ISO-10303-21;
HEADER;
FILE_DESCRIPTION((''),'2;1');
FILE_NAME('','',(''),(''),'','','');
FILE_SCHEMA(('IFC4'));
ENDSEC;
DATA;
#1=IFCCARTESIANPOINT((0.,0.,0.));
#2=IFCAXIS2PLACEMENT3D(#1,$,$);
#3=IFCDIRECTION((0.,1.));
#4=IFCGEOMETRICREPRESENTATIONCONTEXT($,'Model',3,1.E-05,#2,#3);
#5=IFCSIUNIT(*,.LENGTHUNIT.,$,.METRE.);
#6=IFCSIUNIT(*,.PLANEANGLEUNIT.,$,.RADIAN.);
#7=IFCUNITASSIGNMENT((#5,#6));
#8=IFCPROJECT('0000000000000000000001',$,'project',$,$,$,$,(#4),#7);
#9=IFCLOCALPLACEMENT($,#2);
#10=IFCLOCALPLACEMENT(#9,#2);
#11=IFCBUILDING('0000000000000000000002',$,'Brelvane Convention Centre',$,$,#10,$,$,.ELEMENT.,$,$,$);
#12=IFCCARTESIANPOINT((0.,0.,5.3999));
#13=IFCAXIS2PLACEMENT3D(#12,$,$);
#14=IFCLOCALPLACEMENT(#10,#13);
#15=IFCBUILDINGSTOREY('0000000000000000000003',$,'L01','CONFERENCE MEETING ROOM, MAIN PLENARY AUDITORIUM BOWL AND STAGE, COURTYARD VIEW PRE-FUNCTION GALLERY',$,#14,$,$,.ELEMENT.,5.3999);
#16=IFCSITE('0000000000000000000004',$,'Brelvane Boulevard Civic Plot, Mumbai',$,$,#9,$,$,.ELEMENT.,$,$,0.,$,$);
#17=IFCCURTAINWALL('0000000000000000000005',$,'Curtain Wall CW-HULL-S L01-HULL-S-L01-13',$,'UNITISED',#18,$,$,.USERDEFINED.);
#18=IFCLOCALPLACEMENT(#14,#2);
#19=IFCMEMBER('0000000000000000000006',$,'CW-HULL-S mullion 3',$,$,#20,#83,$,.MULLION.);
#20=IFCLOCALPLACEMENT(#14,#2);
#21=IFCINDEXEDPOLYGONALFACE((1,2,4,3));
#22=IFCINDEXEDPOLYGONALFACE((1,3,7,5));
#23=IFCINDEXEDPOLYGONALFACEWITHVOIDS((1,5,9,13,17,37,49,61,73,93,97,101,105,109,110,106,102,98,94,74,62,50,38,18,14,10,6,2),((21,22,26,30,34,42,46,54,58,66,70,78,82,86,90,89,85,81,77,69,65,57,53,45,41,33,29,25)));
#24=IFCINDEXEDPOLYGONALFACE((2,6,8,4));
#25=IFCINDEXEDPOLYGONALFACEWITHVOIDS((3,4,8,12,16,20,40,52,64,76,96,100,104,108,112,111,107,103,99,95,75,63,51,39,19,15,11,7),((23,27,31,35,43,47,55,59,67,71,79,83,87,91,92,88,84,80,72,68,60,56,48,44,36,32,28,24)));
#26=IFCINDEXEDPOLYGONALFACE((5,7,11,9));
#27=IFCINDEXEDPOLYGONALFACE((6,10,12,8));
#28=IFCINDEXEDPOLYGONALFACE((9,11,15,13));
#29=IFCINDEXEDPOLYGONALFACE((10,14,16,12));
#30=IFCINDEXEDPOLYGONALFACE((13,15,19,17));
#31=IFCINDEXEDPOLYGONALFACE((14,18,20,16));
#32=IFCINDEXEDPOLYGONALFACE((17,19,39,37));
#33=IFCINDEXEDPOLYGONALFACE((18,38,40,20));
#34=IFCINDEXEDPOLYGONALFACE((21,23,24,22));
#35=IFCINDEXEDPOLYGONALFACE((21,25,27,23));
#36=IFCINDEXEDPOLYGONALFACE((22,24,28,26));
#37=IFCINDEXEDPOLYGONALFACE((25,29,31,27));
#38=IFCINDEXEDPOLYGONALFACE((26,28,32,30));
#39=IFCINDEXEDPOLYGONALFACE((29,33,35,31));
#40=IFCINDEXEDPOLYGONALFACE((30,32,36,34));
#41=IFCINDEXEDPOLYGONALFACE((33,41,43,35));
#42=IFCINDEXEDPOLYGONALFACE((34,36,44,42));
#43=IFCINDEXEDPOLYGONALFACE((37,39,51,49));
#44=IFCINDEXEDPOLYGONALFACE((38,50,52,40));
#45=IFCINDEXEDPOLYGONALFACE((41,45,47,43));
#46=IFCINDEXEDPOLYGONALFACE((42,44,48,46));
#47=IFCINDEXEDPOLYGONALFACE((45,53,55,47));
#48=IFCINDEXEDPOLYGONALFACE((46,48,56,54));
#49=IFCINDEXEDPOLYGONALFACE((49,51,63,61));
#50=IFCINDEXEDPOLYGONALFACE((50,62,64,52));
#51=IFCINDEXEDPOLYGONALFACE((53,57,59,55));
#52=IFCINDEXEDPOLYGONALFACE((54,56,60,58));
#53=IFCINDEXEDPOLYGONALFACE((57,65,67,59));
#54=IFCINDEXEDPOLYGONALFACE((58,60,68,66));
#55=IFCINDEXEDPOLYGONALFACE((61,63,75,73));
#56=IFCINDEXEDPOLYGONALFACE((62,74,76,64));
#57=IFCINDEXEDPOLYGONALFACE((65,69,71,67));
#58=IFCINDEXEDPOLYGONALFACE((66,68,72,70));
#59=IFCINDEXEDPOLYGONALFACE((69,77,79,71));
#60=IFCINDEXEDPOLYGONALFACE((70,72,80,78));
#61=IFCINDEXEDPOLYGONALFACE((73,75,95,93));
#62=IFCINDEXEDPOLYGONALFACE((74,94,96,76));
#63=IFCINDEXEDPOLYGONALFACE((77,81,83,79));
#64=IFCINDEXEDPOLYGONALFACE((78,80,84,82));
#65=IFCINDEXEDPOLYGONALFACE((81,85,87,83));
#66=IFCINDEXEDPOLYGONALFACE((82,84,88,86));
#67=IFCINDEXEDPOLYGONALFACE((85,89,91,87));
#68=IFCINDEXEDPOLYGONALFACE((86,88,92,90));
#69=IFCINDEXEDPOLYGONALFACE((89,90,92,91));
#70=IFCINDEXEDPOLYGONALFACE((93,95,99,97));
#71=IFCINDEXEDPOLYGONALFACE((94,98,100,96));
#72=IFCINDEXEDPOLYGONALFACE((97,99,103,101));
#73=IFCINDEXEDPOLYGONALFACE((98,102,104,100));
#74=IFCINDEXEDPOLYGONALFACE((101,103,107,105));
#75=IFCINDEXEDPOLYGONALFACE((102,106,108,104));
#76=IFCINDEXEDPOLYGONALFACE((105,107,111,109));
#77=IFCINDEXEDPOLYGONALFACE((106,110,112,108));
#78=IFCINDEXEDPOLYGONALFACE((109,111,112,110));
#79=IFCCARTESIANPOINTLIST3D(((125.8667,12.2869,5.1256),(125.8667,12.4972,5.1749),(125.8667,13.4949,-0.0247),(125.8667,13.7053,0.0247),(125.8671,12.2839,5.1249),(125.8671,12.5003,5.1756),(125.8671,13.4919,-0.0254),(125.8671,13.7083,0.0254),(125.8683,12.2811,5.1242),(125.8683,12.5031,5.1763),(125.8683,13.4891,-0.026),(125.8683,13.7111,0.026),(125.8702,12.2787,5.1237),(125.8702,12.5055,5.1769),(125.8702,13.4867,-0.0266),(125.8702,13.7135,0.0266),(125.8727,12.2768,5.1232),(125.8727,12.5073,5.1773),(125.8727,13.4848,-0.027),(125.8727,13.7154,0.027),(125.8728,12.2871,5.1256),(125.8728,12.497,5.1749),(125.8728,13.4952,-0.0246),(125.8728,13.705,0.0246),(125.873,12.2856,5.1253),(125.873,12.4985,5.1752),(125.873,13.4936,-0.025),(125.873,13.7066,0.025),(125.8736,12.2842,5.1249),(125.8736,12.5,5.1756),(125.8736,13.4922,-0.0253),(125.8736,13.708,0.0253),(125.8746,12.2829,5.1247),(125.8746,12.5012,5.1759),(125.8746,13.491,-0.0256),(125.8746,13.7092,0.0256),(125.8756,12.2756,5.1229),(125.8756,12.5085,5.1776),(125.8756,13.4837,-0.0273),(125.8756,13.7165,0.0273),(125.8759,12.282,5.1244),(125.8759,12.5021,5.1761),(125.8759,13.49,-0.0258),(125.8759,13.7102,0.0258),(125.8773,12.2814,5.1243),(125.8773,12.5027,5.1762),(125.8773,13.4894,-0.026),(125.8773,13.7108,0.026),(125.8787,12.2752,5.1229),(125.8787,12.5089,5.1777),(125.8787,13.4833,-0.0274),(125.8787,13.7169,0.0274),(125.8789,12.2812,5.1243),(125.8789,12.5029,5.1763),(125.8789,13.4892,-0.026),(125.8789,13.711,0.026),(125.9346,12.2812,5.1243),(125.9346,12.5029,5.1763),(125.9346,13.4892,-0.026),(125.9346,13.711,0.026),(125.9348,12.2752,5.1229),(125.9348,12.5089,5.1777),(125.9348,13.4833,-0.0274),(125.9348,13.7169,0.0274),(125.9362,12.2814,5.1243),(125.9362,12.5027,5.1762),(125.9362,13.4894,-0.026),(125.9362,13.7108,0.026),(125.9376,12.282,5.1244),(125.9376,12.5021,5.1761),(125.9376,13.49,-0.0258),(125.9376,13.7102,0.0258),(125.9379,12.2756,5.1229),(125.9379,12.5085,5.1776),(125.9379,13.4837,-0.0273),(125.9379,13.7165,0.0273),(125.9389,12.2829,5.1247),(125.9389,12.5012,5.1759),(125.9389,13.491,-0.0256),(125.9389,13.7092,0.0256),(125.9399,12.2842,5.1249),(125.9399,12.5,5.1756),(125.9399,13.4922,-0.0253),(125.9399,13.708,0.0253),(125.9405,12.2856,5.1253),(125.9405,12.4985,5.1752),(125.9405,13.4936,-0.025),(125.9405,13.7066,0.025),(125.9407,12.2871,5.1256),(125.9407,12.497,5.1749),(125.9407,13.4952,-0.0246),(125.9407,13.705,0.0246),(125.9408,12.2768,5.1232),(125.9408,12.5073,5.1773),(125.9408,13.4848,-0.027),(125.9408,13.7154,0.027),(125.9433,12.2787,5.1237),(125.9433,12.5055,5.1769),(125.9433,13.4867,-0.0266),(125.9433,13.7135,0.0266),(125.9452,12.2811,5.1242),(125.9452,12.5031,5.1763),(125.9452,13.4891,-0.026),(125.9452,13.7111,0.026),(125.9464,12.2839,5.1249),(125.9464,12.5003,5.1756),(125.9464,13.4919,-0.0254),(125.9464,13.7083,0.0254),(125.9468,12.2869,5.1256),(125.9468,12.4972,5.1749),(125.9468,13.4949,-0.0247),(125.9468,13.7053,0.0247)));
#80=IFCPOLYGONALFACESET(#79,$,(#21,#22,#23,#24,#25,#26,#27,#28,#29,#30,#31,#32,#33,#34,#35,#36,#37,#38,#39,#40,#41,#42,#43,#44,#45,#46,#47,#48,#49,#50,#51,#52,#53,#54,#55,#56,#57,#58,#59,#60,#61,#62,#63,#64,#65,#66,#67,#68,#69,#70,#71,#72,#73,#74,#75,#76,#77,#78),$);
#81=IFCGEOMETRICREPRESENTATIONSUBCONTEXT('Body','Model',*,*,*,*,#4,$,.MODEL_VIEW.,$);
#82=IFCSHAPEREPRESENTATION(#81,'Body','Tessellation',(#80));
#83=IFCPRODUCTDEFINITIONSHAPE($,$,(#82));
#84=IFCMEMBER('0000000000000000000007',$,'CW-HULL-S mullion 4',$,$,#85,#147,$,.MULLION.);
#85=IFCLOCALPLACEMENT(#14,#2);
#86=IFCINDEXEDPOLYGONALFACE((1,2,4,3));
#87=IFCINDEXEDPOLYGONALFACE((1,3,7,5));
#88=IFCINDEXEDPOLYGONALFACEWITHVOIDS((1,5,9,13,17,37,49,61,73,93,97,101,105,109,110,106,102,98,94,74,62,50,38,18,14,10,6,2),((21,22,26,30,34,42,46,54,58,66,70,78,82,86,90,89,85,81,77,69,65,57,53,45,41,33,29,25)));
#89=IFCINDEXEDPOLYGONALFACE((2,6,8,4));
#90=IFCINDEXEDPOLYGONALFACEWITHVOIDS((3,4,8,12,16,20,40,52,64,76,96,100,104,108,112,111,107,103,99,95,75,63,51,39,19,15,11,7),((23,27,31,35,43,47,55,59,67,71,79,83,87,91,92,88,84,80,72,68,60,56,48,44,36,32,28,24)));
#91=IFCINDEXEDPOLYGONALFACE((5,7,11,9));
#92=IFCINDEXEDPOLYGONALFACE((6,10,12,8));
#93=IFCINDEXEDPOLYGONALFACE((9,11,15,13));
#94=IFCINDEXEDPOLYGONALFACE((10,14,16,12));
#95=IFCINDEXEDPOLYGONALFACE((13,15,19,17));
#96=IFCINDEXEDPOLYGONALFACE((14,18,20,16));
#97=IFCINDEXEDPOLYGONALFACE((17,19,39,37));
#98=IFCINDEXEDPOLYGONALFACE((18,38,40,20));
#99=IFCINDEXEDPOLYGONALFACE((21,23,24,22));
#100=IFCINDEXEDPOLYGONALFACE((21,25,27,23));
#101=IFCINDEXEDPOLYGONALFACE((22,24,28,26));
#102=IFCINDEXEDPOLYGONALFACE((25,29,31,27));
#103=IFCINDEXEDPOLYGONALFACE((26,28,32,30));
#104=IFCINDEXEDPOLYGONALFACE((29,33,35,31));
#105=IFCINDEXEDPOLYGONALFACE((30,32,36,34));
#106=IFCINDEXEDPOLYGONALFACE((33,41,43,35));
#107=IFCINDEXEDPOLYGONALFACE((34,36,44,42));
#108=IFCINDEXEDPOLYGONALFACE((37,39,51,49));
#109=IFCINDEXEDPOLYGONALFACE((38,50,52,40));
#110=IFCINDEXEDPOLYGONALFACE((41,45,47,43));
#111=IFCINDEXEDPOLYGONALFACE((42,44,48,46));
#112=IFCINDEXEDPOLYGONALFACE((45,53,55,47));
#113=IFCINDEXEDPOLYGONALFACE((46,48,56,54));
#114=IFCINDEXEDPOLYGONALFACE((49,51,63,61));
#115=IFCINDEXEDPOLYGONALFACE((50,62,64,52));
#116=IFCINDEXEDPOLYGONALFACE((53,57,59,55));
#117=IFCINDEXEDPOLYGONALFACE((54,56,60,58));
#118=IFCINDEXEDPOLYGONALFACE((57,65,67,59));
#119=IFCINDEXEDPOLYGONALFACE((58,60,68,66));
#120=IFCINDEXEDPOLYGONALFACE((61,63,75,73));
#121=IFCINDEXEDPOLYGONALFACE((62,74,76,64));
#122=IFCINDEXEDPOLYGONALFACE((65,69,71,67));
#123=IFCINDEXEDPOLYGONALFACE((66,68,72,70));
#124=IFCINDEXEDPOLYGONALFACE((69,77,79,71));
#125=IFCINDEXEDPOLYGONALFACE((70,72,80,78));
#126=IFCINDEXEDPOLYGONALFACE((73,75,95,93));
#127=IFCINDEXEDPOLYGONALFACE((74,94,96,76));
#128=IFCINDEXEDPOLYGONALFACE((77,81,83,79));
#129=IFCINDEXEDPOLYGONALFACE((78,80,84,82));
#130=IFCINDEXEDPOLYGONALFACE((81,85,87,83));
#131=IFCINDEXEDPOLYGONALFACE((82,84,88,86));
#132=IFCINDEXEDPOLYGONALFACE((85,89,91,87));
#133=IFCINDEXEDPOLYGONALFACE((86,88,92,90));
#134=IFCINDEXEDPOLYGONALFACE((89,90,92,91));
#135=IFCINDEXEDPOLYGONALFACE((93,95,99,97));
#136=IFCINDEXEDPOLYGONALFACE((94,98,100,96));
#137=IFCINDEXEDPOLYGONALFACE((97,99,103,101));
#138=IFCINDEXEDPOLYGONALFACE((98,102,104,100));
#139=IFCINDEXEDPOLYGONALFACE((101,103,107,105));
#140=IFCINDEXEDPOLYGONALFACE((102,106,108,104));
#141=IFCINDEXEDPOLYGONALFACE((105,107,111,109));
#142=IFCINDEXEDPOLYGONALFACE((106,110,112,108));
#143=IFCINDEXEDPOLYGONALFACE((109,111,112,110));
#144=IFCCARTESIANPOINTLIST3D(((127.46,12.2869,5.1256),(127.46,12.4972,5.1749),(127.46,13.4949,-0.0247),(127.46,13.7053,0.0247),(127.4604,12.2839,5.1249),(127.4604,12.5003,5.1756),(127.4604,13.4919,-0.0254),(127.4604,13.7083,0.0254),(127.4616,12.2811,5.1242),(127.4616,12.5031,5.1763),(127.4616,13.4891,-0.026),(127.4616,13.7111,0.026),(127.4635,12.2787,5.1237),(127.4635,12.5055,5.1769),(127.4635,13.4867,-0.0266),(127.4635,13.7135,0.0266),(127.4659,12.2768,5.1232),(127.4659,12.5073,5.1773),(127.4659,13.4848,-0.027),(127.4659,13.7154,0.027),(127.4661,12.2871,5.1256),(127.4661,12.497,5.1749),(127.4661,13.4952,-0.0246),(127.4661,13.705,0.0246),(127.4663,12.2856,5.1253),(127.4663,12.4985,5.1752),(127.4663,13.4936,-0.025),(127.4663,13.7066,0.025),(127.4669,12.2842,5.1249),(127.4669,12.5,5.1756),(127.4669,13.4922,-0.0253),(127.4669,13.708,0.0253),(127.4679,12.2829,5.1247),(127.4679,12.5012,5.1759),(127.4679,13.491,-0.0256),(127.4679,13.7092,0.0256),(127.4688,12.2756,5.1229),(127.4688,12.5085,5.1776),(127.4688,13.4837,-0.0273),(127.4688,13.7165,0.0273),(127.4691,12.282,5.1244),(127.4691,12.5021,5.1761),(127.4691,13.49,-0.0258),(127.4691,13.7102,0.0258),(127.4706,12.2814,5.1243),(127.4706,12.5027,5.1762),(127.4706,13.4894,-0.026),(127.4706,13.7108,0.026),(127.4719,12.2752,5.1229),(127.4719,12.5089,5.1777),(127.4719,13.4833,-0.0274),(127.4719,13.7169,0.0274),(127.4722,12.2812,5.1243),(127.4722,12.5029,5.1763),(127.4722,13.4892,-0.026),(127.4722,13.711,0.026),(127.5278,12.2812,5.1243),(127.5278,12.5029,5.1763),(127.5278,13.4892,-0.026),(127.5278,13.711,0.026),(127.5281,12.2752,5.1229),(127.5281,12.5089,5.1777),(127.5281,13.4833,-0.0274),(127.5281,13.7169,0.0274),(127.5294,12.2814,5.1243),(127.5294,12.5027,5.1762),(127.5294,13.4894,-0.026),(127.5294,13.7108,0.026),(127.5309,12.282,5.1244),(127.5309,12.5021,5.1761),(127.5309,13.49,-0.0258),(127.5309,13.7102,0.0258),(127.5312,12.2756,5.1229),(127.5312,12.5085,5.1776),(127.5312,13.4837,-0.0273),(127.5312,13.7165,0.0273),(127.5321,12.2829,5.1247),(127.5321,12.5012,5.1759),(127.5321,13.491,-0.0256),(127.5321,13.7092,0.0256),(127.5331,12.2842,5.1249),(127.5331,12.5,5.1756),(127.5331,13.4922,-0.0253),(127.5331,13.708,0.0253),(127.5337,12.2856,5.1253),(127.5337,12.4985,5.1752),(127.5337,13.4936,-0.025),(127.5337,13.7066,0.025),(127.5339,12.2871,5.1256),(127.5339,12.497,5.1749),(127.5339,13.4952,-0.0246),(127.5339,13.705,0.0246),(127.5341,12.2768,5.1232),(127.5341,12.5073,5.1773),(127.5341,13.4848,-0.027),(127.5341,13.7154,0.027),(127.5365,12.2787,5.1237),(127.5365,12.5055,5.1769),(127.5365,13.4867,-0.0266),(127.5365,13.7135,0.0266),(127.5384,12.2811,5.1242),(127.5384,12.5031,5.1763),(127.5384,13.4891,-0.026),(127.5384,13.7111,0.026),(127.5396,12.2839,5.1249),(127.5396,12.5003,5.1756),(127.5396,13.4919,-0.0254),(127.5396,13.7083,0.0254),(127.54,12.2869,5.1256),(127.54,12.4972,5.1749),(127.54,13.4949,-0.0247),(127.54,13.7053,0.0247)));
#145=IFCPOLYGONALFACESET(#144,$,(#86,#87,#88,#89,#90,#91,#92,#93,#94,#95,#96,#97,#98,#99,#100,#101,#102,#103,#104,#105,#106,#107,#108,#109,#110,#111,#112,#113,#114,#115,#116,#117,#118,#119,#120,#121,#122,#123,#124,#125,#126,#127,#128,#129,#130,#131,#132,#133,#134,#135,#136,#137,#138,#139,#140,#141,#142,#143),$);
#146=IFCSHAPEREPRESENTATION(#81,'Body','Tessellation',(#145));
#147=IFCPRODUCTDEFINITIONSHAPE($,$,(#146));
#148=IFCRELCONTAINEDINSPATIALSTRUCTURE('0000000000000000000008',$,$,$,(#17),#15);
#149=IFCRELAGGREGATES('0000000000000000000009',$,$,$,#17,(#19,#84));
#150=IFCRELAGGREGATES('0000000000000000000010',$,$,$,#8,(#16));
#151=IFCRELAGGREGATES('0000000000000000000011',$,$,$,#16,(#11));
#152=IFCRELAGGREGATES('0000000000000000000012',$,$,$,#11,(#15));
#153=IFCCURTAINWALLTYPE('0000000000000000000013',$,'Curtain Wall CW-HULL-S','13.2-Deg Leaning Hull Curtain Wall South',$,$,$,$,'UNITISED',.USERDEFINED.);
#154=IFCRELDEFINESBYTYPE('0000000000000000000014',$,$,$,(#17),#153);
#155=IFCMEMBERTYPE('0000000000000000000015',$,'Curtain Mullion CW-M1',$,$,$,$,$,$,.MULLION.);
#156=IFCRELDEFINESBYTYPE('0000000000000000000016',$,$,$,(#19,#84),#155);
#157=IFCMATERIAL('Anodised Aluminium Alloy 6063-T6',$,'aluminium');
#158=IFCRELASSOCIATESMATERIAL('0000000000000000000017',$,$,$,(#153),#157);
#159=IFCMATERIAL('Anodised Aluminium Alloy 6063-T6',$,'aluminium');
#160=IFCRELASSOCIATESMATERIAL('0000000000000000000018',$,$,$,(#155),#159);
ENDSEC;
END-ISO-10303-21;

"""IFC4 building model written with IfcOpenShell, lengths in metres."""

from ifc_helpers import new_model, si_unit, direction, frame, origin, origin_2d, place, context, subcontext, project, spatial, hollow_rectangle, extrude, material, material_profile, profile_set, type_object, element, aggregate, save


model = new_model("IFC4")

# Units and contexts
model_context = context("Model", 3, precision=1e-05, world=origin(), true_north=direction((0.0, 1.0)))
body_context = subcontext(model_context, "Body", "Model", "MODEL_VIEW")
ifc_project = project(units=[si_unit("LENGTHUNIT", "METRE"), si_unit("PLANEANGLEUNIT", "RADIAN")], contexts=[model_context])

# Site, building, storey
site_placement = place(None, origin())
site = spatial("IfcSite", under=ifc_project, at=site_placement, Name="Brelvane Boulevard Civic Plot, Mumbai", CompositionType="ELEMENT", RefElevation=0.0)
building_placement = place(site_placement, origin())
building = spatial("IfcBuilding", under=site, at=building_placement, Name="Brelvane Convention Centre", CompositionType="ELEMENT")
storey_placement = place(building_placement, frame((0.0, 0.0, 5.3999)))
storey = spatial("IfcBuildingStorey", under=building, at=storey_placement, Name="L01", Description="CONFERENCE MEETING ROOM, MAIN PLENARY AUDITORIUM BOWL AND STAGE, COURTYARD VIEW PRE-FUNCTION GALLERY", CompositionType="ELEMENT", Elevation=5.3999)

# Shared definitions
ifc_material_1 = material(Name="Anodised Aluminium Alloy 6063-T6", Category="aluminium")
curtain_wall_type = type_object("IfcCurtainWallType", Name="Curtain Wall CW-HULL-S", Description="13.2-Deg Leaning Hull Curtain Wall South", ElementType="UNITISED", PredefinedType="USERDEFINED", material=ifc_material_1)
ifc_material_2 = material(Name="Anodised Aluminium Alloy 6063-T6", Category="aluminium")
ifc_material_profile_1 = material_profile(ifc_material_2, hollow_rectangle(XDim=0.0801, YDim=0.24, WallThickness=0.0061, InnerFilletRadius=0.0061, OuterFilletRadius=0.012, at=origin_2d()), Name="ALU-M 240x80x6.0")
ifc_profile_set_1 = profile_set([ifc_material_profile_1], Name="Anodised Aluminium Alloy 6063-T6")
member_type_1 = type_object("IfcMemberType", Name="Curtain Mullion CW-M1", PredefinedType="MULLION", material=ifc_profile_set_1)

# Curtain wall, members
curtain_wall_1_placement = place(storey_placement, origin())
curtain_wall_1 = element("IfcCurtainWall", 1, at=curtain_wall_1_placement, inside=storey, type_object=curtain_wall_type, Name="Curtain Wall CW-HULL-S L01-HULL-S-L01-13", ObjectType="UNITISED", PredefinedType="USERDEFINED")
member_1_placement = place(storey_placement, frame((125.9067, 13.6001, 0.0), z_axis=(0.0, -0.22836, 0.973577), x_axis=(1.0, 0.0, 0.0)))
member_1 = element("IfcMember", 2, at=member_1_placement, type_object=member_type_1, Name="CW-HULL-S mullion 3", PredefinedType="MULLION", context=body_context, shape_type="SweptSolid", body=[
    extrude(hollow_rectangle(XDim=0.0801, YDim=0.24, WallThickness=0.0061, InnerFilletRadius=0.0061, OuterFilletRadius=0.012, at=origin_2d()), origin(), (0.0, 0.0, 1.0), 5.29),
])
member_2_placement = place(storey_placement, frame((127.5, 13.6001, 0.0), z_axis=(0.0, -0.22836, 0.973577), x_axis=(1.0, 0.0, 0.0)))
member_2 = element("IfcMember", 3, at=member_2_placement, type_object=member_type_1, Name="CW-HULL-S mullion 4", PredefinedType="MULLION", context=body_context, shape_type="SweptSolid", body=[
    extrude(hollow_rectangle(XDim=0.0801, YDim=0.24, WallThickness=0.0061, InnerFilletRadius=0.0061, OuterFilletRadius=0.012, at=origin_2d()), origin(), (0.0, 0.0, 1.0), 5.29),
])

aggregate(curtain_wall_1, [member_1, member_2])

save(model, "model.ifc")
